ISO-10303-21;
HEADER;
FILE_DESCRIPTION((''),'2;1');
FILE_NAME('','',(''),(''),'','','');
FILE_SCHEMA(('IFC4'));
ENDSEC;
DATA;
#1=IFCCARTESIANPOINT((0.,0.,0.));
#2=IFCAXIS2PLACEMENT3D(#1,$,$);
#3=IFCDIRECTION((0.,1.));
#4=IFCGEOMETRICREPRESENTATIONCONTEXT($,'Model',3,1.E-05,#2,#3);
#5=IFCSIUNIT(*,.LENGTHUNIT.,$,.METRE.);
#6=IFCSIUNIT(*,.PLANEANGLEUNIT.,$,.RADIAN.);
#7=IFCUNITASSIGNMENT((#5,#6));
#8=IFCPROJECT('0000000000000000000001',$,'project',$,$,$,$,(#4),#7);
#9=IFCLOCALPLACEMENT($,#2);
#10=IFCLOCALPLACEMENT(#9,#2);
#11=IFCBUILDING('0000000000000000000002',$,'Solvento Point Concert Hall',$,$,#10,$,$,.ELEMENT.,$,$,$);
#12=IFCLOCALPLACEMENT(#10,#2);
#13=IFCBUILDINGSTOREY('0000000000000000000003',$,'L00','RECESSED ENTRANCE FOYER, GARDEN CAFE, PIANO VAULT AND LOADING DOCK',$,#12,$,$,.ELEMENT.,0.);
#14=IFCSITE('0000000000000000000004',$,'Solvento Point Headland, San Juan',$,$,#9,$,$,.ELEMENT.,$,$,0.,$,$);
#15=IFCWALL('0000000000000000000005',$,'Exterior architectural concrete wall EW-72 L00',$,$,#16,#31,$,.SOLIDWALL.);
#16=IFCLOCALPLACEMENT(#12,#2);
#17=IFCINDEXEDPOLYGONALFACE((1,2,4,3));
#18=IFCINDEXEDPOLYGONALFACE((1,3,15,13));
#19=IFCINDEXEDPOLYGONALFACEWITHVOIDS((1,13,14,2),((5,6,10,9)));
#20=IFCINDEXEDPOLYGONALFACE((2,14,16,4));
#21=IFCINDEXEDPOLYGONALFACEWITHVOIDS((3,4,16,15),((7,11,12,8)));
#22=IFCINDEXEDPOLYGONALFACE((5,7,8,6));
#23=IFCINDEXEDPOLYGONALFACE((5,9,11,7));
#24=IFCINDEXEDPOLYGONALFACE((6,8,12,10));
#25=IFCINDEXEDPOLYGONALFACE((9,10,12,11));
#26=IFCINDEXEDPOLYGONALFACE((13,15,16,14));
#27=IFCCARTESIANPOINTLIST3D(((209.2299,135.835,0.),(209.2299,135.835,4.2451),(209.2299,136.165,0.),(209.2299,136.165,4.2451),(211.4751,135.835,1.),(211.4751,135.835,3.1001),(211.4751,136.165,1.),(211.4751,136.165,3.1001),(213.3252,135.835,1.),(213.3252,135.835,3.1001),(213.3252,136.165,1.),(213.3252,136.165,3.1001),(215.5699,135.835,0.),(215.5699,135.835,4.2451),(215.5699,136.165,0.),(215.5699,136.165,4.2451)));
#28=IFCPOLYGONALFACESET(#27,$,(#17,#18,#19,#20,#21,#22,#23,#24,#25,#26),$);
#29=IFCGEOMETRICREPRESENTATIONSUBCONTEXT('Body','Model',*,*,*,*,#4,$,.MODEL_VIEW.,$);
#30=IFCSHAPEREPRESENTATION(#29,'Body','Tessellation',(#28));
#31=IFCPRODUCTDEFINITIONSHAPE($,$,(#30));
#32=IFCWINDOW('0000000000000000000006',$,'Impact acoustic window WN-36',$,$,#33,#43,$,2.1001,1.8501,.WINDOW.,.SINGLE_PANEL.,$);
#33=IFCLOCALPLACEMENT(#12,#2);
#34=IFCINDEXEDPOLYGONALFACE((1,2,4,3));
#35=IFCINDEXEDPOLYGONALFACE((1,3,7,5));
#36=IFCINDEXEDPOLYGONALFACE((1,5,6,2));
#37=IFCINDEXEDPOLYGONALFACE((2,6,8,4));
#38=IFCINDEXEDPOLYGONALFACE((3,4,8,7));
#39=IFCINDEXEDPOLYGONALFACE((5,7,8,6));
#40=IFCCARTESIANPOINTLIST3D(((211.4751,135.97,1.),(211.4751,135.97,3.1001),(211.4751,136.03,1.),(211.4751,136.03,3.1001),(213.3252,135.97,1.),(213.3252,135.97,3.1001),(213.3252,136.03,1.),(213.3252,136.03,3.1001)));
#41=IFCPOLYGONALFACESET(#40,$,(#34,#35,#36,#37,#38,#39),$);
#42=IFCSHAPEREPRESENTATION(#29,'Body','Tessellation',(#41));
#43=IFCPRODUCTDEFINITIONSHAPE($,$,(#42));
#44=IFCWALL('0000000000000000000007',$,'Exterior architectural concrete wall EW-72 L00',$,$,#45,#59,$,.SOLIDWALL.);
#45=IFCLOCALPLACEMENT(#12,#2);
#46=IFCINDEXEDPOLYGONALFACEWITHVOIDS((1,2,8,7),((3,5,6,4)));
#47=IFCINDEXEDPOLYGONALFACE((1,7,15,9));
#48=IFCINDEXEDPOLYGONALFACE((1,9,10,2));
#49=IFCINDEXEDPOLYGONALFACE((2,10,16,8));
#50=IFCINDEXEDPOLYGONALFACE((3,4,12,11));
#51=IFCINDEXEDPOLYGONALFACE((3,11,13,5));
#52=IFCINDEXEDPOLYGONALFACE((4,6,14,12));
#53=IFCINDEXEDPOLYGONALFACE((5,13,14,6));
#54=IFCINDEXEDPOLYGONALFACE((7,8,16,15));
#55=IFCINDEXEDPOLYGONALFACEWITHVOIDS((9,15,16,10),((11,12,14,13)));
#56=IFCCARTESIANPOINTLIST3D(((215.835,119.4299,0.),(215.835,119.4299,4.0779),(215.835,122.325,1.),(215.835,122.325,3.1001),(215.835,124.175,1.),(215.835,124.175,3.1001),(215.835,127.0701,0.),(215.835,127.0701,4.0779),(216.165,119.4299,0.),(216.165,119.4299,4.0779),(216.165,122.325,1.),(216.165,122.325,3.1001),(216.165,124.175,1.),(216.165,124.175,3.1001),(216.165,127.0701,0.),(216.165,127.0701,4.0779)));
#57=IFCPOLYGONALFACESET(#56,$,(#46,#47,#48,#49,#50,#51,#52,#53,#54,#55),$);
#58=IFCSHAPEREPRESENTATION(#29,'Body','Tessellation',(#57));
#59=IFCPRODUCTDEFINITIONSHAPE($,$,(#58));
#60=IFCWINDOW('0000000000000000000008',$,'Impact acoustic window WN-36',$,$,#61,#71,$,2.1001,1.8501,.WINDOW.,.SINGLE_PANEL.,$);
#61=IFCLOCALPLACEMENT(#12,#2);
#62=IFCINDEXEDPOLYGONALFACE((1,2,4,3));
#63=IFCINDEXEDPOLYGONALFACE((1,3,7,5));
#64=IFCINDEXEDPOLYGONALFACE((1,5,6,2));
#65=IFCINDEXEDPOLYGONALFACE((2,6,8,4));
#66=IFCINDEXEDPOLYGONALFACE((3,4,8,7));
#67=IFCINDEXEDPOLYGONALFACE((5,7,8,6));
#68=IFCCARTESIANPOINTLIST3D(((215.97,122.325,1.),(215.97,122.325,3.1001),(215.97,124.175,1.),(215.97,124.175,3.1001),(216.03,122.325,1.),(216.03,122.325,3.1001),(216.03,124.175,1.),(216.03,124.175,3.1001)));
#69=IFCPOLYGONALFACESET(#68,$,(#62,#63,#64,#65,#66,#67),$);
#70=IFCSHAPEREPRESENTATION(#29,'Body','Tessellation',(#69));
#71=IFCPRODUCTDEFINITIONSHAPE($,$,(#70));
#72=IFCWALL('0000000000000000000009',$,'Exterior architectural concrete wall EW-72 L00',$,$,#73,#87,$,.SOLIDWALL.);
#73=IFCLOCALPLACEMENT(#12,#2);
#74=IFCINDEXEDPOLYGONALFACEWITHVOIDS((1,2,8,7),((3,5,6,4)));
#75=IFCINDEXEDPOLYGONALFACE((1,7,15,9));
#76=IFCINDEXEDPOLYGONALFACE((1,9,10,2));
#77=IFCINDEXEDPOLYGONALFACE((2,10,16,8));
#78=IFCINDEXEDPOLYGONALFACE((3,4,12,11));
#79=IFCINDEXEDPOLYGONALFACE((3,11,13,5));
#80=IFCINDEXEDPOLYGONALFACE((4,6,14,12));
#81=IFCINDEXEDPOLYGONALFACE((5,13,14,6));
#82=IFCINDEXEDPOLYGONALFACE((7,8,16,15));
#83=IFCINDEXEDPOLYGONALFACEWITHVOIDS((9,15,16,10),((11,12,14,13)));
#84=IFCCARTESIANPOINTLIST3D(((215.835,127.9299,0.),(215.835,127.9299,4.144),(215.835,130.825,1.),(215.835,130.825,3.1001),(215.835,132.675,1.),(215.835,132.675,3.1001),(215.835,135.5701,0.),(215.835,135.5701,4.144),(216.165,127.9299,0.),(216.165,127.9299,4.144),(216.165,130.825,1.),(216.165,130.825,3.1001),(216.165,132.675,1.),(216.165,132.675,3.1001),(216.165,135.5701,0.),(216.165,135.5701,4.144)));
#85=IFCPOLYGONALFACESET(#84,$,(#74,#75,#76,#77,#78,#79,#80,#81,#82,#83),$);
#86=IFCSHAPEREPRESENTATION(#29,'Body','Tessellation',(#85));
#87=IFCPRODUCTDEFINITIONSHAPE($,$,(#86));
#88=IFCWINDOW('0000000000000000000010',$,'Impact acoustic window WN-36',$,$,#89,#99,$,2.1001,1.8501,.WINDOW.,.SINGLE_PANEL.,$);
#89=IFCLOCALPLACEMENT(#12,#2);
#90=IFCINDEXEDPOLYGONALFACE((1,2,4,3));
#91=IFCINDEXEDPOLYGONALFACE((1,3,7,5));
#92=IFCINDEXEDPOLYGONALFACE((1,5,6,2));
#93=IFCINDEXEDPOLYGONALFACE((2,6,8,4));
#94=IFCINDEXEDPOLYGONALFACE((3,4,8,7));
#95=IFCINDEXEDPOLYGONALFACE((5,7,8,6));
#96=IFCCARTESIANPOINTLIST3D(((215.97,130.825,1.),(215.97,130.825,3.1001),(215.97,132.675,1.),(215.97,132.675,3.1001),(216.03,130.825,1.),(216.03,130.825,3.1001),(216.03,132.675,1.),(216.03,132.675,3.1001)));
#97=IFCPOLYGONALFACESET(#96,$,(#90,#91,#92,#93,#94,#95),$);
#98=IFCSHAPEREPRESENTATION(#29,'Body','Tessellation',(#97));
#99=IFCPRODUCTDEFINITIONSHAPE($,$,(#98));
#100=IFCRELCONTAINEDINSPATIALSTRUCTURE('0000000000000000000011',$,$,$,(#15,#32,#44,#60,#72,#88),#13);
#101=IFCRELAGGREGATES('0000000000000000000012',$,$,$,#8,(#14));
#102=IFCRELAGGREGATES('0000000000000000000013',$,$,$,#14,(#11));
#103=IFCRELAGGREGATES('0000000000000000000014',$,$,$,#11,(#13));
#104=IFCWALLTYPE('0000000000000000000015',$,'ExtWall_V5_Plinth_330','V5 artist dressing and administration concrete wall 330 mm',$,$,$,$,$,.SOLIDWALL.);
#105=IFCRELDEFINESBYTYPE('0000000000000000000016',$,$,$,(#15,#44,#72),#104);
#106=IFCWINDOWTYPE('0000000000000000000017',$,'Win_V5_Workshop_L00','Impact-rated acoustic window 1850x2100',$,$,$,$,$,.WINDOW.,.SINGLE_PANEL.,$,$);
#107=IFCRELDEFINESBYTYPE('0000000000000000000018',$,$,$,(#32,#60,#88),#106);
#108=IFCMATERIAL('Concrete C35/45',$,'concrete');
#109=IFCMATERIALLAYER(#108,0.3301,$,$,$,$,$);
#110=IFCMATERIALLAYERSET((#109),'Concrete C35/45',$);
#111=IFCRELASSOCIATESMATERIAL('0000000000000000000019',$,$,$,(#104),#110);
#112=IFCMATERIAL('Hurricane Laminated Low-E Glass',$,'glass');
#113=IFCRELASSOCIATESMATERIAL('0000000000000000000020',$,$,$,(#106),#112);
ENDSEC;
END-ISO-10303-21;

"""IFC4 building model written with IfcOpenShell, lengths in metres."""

from ifc_helpers import new_model, si_unit, direction, frame, frame_2d, origin, place, context, subcontext, project, spatial, rectangle, extrude, material, layer, layer_set, type_object, element, fill, save


model = new_model("IFC4")

# Units and contexts
model_context = context("Model", 3, precision=1e-05, world=origin(), true_north=direction((0.0, 1.0)))
body_context = subcontext(model_context, "Body", "Model", "MODEL_VIEW")
ifc_project = project(units=[si_unit("LENGTHUNIT", "METRE"), si_unit("PLANEANGLEUNIT", "RADIAN")], contexts=[model_context])

# Site, building, storey
site_placement = place(None, origin())
site = spatial("IfcSite", under=ifc_project, at=site_placement, Name="Solvento Point Headland, San Juan", CompositionType="ELEMENT", RefElevation=0.0)
building_placement = place(site_placement, origin())
building = spatial("IfcBuilding", under=site, at=building_placement, Name="Solvento Point Concert Hall", CompositionType="ELEMENT")
storey_placement = place(building_placement, origin())
storey = spatial("IfcBuildingStorey", under=building, at=storey_placement, Name="L00", Description="RECESSED ENTRANCE FOYER, GARDEN CAFE, PIANO VAULT AND LOADING DOCK", CompositionType="ELEMENT", Elevation=0.0)

# Shared definitions
ifc_material_1 = material(Name="Concrete C35/45", Category="concrete")
ifc_layer_1 = layer(ifc_material_1, 0.3301)
ifc_layer_set_1 = layer_set([ifc_layer_1], Name="Concrete C35/45")
wall_type_1 = type_object("IfcWallType", Name="ExtWall_V5_Plinth_330", Description="V5 artist dressing and administration concrete wall 330 mm", PredefinedType="SOLIDWALL", material=ifc_layer_set_1)

# Walls, openings, windows
wall_1_placement = place(storey_placement, frame((209.23, 136.0, 0.0), z_axis=(0.0, 0.0, 1.0), x_axis=(1.0, 0.0, 0.0)))
wall_1 = element("IfcWall", 1, at=wall_1_placement, inside=storey, type_object=wall_type_1, Name="Exterior architectural concrete wall EW-72 L00", PredefinedType="SOLIDWALL", context=body_context, shape_type="SweptSolid", body=[
    extrude(rectangle(XDim=6.3401, YDim=0.3301, at=frame_2d((3.1699, 0.0))), origin(), (0.0, 0.0, 1.0), 4.2451),
])
opening_1_placement = place(wall_1_placement, frame((2.2451, 0.0, 1.0)))
opening_1 = element("IfcOpeningElement", 2, at=opening_1_placement, cuts=wall_1, PredefinedType="OPENING", context=body_context, shape_type="SweptSolid", body=[
    extrude(rectangle(XDim=1.8501, YDim=2.1001, at=frame_2d((0.925, 1.05))), frame((0.0, 0.175, 0.0), z_axis=(0.0, -1.0, 0.0), x_axis=(1.0, 0.0, 0.0)), (0.0, 0.0, 1.0), 0.3501),
])
ifc_material_2 = material(Name="Hurricane Laminated Low-E Glass", Category="glass")
window_type = type_object("IfcWindowType", Name="Win_V5_Workshop_L00", Description="Impact-rated acoustic window 1850x2100", PartitioningType="SINGLE_PANEL", PredefinedType="WINDOW", material=ifc_material_2)
window_1_placement = place(opening_1_placement, origin())
window_1 = element("IfcWindow", 3, at=window_1_placement, inside=storey, type_object=window_type, Name="Impact acoustic window WN-36", OverallHeight=2.1001, OverallWidth=1.8501, PartitioningType="SINGLE_PANEL", PredefinedType="WINDOW", context=body_context, shape_type="SweptSolid", body=[
    extrude(rectangle(XDim=1.8501, YDim=2.1001, at=frame_2d((0.925, 1.05))), frame((0.0, 0.03, 0.0), z_axis=(0.0, -1.0, 0.0), x_axis=(1.0, 0.0, 0.0)), (0.0, 0.0, 1.0), 0.0601),
])
fill(opening_1, window_1)
wall_2_placement = place(storey_placement, frame((216.0, 127.0701, 0.0), z_axis=(0.0, 0.0, 1.0), x_axis=(0.0, -1.0, 0.0)))
wall_2 = element("IfcWall", 4, at=wall_2_placement, inside=storey, type_object=wall_type_1, Name="Exterior architectural concrete wall EW-72 L00", PredefinedType="SOLIDWALL", context=body_context, shape_type="SweptSolid", body=[
    extrude(rectangle(XDim=7.6401, YDim=0.3301, at=frame_2d((3.8201, 0.0))), origin(), (0.0, 0.0, 1.0), 4.0779),
])
opening_2_placement = place(wall_2_placement, frame((2.895, 0.0, 1.0)))
opening_2 = element("IfcOpeningElement", 5, at=opening_2_placement, cuts=wall_2, PredefinedType="OPENING", context=body_context, shape_type="SweptSolid", body=[
    extrude(rectangle(XDim=1.8501, YDim=2.1001, at=frame_2d((0.925, 1.05))), frame((0.0, 0.175, 0.0), z_axis=(0.0, -1.0, 0.0), x_axis=(1.0, 0.0, 0.0)), (0.0, 0.0, 1.0), 0.3501),
])
window_2_placement = place(opening_2_placement, origin())
window_2 = element("IfcWindow", 6, at=window_2_placement, inside=storey, type_object=window_type, Name="Impact acoustic window WN-36", OverallHeight=2.1001, OverallWidth=1.8501, PartitioningType="SINGLE_PANEL", PredefinedType="WINDOW", context=body_context, shape_type="SweptSolid", body=[
    extrude(rectangle(XDim=1.8501, YDim=2.1001, at=frame_2d((0.925, 1.05))), frame((0.0, 0.03, 0.0), z_axis=(0.0, -1.0, 0.0), x_axis=(1.0, 0.0, 0.0)), (0.0, 0.0, 1.0), 0.0601),
])
fill(opening_2, window_2)
wall_3_placement = place(storey_placement, frame((216.0, 135.5701, 0.0), z_axis=(0.0, 0.0, 1.0), x_axis=(0.0, -1.0, 0.0)))
wall_3 = element("IfcWall", 7, at=wall_3_placement, inside=storey, type_object=wall_type_1, Name="Exterior architectural concrete wall EW-72 L00", PredefinedType="SOLIDWALL", context=body_context, shape_type="SweptSolid", body=[
    extrude(rectangle(XDim=7.6401, YDim=0.3301, at=frame_2d((3.8201, 0.0))), origin(), (0.0, 0.0, 1.0), 4.144),
])
opening_3_placement = place(wall_3_placement, frame((2.895, 0.0, 1.0)))
opening_3 = element("IfcOpeningElement", 8, at=opening_3_placement, cuts=wall_3, PredefinedType="OPENING", context=body_context, shape_type="SweptSolid", body=[
    extrude(rectangle(XDim=1.8501, YDim=2.1001, at=frame_2d((0.925, 1.05))), frame((0.0, 0.175, 0.0), z_axis=(0.0, -1.0, 0.0), x_axis=(1.0, 0.0, 0.0)), (0.0, 0.0, 1.0), 0.3501),
])
window_3_placement = place(opening_3_placement, origin())
window_3 = element("IfcWindow", 9, at=window_3_placement, inside=storey, type_object=window_type, Name="Impact acoustic window WN-36", OverallHeight=2.1001, OverallWidth=1.8501, PartitioningType="SINGLE_PANEL", PredefinedType="WINDOW", context=body_context, shape_type="SweptSolid", body=[
    extrude(rectangle(XDim=1.8501, YDim=2.1001, at=frame_2d((0.925, 1.05))), frame((0.0, 0.03, 0.0), z_axis=(0.0, -1.0, 0.0), x_axis=(1.0, 0.0, 0.0)), (0.0, 0.0, 1.0), 0.0601),
])
fill(opening_3, window_3)

save(model, "model.ifc")
